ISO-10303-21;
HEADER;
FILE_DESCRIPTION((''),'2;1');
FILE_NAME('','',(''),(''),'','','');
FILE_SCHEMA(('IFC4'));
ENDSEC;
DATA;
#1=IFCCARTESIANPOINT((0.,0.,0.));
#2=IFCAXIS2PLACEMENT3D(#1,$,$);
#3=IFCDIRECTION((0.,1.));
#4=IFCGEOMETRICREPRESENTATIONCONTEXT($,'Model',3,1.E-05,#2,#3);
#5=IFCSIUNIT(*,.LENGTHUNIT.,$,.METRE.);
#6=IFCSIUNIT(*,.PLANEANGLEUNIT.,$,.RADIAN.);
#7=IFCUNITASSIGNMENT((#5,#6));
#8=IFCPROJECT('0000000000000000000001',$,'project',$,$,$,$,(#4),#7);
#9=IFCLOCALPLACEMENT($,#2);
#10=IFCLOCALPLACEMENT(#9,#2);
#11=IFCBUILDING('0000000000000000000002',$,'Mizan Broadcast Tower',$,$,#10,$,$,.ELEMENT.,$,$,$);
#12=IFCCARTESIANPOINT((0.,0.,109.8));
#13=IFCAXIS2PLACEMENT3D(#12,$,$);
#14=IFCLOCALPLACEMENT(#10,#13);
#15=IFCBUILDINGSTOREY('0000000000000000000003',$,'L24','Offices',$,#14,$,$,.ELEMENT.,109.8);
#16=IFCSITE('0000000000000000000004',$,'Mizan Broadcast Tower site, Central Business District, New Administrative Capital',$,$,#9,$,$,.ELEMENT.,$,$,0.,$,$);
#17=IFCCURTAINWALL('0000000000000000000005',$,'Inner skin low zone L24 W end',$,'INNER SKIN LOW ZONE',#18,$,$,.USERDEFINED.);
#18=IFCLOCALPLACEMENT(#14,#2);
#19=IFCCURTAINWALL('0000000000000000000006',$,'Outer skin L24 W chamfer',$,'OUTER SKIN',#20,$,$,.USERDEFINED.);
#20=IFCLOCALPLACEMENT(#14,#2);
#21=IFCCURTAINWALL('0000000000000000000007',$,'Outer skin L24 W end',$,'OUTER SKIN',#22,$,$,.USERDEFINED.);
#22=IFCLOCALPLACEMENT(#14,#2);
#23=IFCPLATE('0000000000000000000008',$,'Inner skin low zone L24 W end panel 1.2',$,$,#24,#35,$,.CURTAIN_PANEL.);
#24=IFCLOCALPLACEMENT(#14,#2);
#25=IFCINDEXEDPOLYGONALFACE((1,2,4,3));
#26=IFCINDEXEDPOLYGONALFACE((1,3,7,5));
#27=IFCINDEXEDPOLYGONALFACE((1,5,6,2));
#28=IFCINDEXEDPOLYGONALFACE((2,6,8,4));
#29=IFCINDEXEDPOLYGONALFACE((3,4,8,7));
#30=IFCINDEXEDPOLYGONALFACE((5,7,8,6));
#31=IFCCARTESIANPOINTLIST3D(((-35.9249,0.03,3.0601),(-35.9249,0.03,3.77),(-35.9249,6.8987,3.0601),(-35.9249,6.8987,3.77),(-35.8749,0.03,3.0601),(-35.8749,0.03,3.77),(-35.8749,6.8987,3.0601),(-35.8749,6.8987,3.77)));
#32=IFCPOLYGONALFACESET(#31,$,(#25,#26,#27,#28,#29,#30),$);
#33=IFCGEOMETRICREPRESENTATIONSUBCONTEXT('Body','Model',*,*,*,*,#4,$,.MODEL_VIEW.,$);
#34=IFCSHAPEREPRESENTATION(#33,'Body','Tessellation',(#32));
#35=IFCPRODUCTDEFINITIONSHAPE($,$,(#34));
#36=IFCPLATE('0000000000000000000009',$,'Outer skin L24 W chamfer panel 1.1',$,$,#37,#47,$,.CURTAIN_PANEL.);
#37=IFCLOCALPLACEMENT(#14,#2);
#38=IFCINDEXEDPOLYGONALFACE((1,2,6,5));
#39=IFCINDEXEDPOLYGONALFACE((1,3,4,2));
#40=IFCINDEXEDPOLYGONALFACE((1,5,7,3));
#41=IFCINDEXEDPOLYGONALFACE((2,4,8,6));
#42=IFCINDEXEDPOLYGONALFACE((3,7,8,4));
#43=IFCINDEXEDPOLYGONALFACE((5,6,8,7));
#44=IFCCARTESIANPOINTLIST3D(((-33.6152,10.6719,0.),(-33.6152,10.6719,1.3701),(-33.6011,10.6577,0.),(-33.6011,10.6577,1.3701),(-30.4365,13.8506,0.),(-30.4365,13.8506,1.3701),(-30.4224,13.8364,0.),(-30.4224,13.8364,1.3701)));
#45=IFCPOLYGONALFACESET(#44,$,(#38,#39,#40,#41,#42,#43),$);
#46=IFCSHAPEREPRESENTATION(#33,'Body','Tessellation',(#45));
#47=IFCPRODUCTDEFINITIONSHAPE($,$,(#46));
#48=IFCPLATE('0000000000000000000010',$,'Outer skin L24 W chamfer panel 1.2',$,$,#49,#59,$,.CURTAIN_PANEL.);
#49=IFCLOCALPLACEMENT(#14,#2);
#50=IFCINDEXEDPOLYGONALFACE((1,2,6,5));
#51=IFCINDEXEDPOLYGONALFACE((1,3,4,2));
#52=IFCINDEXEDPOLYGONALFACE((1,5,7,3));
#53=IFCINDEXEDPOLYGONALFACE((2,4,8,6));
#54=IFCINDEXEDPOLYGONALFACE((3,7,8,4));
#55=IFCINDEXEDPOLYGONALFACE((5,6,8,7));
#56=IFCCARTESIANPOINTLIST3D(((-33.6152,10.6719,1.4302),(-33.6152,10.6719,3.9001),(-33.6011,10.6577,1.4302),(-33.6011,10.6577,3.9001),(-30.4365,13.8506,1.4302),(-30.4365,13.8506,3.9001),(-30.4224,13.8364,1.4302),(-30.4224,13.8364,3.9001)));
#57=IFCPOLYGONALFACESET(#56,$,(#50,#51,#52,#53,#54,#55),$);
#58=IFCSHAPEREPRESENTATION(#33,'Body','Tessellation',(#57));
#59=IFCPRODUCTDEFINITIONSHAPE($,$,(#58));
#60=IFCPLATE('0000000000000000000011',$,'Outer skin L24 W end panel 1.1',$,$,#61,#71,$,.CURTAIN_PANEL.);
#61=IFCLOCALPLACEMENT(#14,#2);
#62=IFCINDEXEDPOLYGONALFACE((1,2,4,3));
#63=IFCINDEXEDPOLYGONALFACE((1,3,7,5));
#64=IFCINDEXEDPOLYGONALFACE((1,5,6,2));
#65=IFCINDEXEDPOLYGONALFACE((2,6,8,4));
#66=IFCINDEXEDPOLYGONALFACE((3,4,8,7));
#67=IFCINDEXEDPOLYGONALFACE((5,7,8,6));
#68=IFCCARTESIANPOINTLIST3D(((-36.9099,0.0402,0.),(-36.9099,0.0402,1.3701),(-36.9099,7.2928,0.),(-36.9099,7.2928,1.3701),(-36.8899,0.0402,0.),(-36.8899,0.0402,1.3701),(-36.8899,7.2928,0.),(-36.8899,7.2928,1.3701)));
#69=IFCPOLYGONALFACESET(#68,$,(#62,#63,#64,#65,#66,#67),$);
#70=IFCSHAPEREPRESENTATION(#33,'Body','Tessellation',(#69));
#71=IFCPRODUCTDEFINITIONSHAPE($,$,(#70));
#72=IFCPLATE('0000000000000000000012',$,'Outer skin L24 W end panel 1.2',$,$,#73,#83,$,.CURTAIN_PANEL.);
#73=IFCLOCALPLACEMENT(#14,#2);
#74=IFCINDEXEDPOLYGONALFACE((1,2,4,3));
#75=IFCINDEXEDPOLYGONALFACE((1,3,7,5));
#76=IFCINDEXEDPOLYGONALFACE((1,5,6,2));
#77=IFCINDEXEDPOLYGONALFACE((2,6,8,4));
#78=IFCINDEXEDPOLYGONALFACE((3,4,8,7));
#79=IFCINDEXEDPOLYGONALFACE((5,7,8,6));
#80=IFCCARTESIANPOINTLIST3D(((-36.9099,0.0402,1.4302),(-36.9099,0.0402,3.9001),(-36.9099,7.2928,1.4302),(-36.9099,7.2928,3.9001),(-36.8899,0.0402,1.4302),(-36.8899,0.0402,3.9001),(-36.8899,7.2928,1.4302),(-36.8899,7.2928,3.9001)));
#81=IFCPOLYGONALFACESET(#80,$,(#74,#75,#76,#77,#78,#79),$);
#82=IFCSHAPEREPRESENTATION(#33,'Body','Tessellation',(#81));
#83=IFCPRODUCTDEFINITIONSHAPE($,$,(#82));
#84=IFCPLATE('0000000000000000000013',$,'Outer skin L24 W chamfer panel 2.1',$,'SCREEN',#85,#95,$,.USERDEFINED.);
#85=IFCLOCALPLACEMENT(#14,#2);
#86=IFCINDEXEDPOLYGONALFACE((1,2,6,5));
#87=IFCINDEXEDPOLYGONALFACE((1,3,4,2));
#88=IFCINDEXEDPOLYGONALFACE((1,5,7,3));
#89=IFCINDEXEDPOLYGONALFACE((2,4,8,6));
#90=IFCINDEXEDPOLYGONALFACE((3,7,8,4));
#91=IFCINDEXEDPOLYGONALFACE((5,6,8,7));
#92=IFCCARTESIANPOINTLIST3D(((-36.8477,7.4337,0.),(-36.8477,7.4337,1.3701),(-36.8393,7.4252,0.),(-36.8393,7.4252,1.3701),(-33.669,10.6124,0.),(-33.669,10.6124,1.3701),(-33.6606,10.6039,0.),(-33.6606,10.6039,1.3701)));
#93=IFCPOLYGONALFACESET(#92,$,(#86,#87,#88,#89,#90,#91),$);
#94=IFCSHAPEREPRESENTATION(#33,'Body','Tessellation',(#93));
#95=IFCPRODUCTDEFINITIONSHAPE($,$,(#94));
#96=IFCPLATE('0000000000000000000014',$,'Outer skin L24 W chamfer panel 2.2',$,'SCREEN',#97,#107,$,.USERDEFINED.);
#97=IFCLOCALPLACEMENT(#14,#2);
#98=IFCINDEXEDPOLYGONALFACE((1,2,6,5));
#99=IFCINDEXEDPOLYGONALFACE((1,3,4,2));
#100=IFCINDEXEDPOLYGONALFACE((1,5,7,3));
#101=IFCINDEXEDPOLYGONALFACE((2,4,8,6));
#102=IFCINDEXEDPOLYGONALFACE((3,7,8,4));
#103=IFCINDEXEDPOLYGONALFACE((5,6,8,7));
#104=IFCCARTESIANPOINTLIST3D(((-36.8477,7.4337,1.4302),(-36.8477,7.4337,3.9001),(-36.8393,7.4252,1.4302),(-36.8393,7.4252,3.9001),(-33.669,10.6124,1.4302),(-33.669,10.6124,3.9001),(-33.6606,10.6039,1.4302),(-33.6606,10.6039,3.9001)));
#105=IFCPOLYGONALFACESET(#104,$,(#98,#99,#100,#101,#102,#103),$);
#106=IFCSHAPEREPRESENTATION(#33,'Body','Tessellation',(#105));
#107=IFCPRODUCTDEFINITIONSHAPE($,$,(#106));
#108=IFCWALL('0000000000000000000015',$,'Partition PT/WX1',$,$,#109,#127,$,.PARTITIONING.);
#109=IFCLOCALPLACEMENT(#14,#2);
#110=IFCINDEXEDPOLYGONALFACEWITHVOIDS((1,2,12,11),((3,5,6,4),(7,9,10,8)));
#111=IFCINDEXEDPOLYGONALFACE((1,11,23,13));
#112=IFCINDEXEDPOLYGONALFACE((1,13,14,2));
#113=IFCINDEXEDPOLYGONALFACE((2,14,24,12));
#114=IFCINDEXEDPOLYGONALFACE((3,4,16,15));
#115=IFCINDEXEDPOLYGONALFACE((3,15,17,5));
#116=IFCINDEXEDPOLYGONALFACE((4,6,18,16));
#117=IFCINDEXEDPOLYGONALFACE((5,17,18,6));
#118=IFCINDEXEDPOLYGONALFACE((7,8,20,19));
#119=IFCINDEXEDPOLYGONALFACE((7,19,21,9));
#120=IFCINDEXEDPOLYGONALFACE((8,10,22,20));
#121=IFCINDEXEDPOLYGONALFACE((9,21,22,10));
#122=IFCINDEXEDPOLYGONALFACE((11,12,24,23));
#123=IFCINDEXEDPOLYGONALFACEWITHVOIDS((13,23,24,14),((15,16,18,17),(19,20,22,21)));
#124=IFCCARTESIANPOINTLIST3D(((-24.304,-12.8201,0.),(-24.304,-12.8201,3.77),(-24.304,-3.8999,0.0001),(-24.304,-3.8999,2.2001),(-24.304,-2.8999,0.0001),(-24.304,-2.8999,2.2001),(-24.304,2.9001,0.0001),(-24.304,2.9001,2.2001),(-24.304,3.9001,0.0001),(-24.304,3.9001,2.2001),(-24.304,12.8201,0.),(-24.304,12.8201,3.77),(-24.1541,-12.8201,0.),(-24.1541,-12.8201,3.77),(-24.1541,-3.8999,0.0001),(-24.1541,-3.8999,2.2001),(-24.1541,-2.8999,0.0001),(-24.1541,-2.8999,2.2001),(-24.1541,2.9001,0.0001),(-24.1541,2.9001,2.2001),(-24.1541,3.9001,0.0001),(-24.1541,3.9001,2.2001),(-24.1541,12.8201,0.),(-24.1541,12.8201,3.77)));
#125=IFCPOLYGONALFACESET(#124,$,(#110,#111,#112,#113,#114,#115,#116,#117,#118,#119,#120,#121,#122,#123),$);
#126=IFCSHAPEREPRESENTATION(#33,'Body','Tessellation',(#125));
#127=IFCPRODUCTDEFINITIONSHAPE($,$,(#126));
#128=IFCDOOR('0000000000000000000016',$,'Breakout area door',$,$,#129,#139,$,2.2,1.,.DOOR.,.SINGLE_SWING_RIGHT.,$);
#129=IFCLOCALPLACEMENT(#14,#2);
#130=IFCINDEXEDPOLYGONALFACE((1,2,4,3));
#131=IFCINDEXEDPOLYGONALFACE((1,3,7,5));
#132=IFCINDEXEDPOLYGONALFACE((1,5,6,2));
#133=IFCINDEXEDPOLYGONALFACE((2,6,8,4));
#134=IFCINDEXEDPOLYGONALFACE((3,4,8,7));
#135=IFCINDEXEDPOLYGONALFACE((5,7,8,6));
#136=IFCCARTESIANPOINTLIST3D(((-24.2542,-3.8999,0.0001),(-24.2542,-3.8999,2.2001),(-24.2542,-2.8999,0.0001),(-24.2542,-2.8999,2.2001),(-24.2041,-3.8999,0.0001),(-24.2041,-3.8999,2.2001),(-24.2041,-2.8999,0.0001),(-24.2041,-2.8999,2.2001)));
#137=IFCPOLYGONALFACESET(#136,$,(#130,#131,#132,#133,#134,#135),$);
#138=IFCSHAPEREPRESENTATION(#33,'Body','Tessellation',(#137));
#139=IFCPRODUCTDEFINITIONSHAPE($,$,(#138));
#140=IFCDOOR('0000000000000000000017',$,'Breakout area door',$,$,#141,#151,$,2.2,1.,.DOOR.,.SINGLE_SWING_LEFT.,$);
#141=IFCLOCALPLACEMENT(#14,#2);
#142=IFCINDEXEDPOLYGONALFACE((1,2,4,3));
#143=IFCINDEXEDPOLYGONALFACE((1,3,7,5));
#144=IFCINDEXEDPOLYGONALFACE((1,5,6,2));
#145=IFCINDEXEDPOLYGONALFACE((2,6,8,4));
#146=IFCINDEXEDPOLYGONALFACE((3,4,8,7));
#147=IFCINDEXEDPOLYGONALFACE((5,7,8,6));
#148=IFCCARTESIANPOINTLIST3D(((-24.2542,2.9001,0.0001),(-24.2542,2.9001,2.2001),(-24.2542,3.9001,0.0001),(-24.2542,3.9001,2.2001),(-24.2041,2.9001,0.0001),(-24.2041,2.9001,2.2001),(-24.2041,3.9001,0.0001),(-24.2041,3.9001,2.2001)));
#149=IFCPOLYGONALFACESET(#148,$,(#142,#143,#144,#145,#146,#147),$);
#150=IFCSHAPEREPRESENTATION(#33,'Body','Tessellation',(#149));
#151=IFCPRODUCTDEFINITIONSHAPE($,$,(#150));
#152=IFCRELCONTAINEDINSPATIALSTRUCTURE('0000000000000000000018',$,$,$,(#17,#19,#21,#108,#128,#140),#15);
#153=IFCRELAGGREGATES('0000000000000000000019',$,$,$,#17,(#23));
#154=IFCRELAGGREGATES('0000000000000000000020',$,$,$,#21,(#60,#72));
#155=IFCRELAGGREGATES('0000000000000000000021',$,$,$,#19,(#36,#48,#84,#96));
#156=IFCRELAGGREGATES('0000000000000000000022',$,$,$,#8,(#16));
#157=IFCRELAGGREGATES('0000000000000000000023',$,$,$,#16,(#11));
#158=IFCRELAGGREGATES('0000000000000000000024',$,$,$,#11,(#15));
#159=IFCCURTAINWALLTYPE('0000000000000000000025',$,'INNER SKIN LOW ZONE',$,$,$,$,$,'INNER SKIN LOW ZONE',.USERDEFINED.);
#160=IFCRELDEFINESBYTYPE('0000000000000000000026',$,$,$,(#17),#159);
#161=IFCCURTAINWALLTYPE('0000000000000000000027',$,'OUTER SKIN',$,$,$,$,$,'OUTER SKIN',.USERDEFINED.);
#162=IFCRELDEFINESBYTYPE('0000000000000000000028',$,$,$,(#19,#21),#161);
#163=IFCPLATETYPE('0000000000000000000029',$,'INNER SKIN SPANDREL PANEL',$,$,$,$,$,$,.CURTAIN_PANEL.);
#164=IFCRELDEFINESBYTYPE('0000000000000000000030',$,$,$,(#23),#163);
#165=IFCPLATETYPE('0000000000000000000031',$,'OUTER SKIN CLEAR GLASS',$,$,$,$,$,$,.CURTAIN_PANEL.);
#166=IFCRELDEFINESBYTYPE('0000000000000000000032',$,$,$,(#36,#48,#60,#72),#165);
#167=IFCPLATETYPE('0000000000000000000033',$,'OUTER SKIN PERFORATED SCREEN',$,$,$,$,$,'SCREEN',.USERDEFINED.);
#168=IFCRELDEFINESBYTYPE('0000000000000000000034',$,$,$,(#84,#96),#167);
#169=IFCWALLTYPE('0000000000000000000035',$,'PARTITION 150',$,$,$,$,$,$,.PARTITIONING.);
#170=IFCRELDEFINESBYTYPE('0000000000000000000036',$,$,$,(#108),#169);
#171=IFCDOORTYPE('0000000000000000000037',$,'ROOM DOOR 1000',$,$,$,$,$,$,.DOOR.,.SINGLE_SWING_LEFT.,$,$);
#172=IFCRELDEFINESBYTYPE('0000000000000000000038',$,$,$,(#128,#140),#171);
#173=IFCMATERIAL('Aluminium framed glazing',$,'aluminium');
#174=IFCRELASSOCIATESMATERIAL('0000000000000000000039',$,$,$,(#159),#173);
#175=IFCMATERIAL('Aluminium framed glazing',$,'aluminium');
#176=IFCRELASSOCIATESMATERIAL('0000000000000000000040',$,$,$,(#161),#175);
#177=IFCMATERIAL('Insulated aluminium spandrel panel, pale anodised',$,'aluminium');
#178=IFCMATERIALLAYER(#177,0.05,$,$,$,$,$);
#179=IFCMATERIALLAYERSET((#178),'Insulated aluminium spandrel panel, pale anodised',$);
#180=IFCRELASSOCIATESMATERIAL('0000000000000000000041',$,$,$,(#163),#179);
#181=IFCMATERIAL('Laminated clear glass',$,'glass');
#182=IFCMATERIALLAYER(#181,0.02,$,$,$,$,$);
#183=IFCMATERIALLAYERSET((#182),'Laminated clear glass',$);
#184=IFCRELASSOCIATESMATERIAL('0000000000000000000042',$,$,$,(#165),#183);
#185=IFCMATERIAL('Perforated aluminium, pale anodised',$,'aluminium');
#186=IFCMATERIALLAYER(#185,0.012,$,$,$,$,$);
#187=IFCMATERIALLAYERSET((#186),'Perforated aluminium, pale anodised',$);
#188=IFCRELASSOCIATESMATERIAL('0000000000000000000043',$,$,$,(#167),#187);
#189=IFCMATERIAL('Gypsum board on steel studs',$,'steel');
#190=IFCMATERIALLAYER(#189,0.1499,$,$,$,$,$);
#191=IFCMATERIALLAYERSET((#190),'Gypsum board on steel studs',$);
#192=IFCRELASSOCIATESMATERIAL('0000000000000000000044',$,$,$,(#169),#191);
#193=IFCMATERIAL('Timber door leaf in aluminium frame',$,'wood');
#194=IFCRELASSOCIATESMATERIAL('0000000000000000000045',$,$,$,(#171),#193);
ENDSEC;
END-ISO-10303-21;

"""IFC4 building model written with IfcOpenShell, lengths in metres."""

from ifc_helpers import new_model, si_unit, direction, frame, frame_2d, origin, origin_2d, place, context, subcontext, project, spatial, rectangle, extrude, material, layer, layer_set, type_object, element, fill, aggregate, save


model = new_model("IFC4")

# Units and contexts
model_context = context("Model", 3, precision=1e-05, world=origin(), true_north=direction((0.0, 1.0)))
body_context = subcontext(model_context, "Body", "Model", "MODEL_VIEW")
ifc_project = project(units=[si_unit("LENGTHUNIT", "METRE"), si_unit("PLANEANGLEUNIT", "RADIAN")], contexts=[model_context])

# Site, building, storey
site_placement = place(None, origin())
site = spatial("IfcSite", under=ifc_project, at=site_placement, Name="Mizan Broadcast Tower site, Central Business District, New Administrative Capital", CompositionType="ELEMENT", RefElevation=0.0)
building_placement = place(site_placement, origin())
building = spatial("IfcBuilding", under=site, at=building_placement, Name="Mizan Broadcast Tower", CompositionType="ELEMENT")
storey_placement = place(building_placement, frame((0.0, 0.0, 109.8)))
storey = spatial("IfcBuildingStorey", under=building, at=storey_placement, Name="L24", Description="Offices", CompositionType="ELEMENT", Elevation=109.8)

# Shared definitions
ifc_material_1 = material(Name="Aluminium framed glazing", Category="aluminium")
curtain_wall_type_1 = type_object("IfcCurtainWallType", Name="INNER SKIN LOW ZONE", ElementType="INNER SKIN LOW ZONE", PredefinedType="USERDEFINED", material=ifc_material_1)

# Curtain wall
curtain_wall_1_placement = place(storey_placement, origin())
curtain_wall_1 = element("IfcCurtainWall", 1, at=curtain_wall_1_placement, inside=storey, type_object=curtain_wall_type_1, Name="Inner skin low zone L24 W end", ObjectType="INNER SKIN LOW ZONE", PredefinedType="USERDEFINED")

# Curtain wall
ifc_material_2 = material(Name="Aluminium framed glazing", Category="aluminium")
curtain_wall_type_2 = type_object("IfcCurtainWallType", Name="OUTER SKIN", ElementType="OUTER SKIN", PredefinedType="USERDEFINED", material=ifc_material_2)
curtain_wall_2_placement = place(storey_placement, origin())
curtain_wall_2 = element("IfcCurtainWall", 2, at=curtain_wall_2_placement, inside=storey, type_object=curtain_wall_type_2, Name="Outer skin L24 W chamfer", ObjectType="OUTER SKIN", PredefinedType="USERDEFINED")

# Curtain wall
curtain_wall_3_placement = place(storey_placement, origin())
curtain_wall_3 = element("IfcCurtainWall", 3, at=curtain_wall_3_placement, inside=storey, type_object=curtain_wall_type_2, Name="Outer skin L24 W end", ObjectType="OUTER SKIN", PredefinedType="USERDEFINED")

# Plates
ifc_material_3 = material(Name="Insulated aluminium spandrel panel, pale anodised", Category="aluminium")
ifc_layer_1 = layer(ifc_material_3, 0.05)
ifc_layer_set_1 = layer_set([ifc_layer_1], Name="Insulated aluminium spandrel panel, pale anodised")
plate_type_1 = type_object("IfcPlateType", Name="INNER SKIN SPANDREL PANEL", PredefinedType="CURTAIN_PANEL", material=ifc_layer_set_1)
plate_1_placement = place(storey_placement, frame((-35.8999, 3.4644, 3.0601), z_axis=(0.0, 0.0, 1.0), x_axis=(0.0, -1.0, 0.0)))
plate_1 = element("IfcPlate", 4, at=plate_1_placement, type_object=plate_type_1, Name="Inner skin low zone L24 W end panel 1.2", PredefinedType="CURTAIN_PANEL", context=body_context, shape_type="SweptSolid", body=[
    extrude(rectangle(XDim=6.8687, YDim=0.05, at=origin_2d()), origin(), (0.0, 0.0, 1.0), 0.71),
])
aggregate(curtain_wall_1, [plate_1])
ifc_material_4 = material(Name="Laminated clear glass", Category="glass")
ifc_layer_2 = layer(ifc_material_4, 0.02)
ifc_layer_set_2 = layer_set([ifc_layer_2], Name="Laminated clear glass")
plate_type_2 = type_object("IfcPlateType", Name="OUTER SKIN CLEAR GLASS", PredefinedType="CURTAIN_PANEL", material=ifc_layer_set_2)
plate_2_placement = place(storey_placement, frame((-32.0188, 12.2542, 0.0), z_axis=(0.0, 0.0, 1.0), x_axis=(-0.707107, -0.707107, 0.0)))
plate_2 = element("IfcPlate", 5, at=plate_2_placement, type_object=plate_type_2, Name="Outer skin L24 W chamfer panel 1.1", PredefinedType="CURTAIN_PANEL", context=body_context, shape_type="SweptSolid", body=[
    extrude(rectangle(XDim=4.4954, YDim=0.02, at=origin_2d()), origin(), (0.0, 0.0, 1.0), 1.3701),
])
plate_3_placement = place(storey_placement, frame((-32.0188, 12.2542, 1.4302), z_axis=(0.0, 0.0, 1.0), x_axis=(-0.707107, -0.707107, 0.0)))
plate_3 = element("IfcPlate", 6, at=plate_3_placement, type_object=plate_type_2, Name="Outer skin L24 W chamfer panel 1.2", PredefinedType="CURTAIN_PANEL", context=body_context, shape_type="SweptSolid", body=[
    extrude(rectangle(XDim=4.4954, YDim=0.02, at=origin_2d()), origin(), (0.0, 0.0, 1.0), 2.47),
])
plate_4_placement = place(storey_placement, frame((-36.8999, 3.6665, 0.0), z_axis=(0.0, 0.0, 1.0), x_axis=(0.0, -1.0, 0.0)))
plate_4 = element("IfcPlate", 7, at=plate_4_placement, type_object=plate_type_2, Name="Outer skin L24 W end panel 1.1", PredefinedType="CURTAIN_PANEL", context=body_context, shape_type="SweptSolid", body=[
    extrude(rectangle(XDim=7.2527, YDim=0.02, at=origin_2d()), origin(), (0.0, 0.0, 1.0), 1.3701),
])
plate_5_placement = place(storey_placement, frame((-36.8999, 3.6665, 1.4302), z_axis=(0.0, 0.0, 1.0), x_axis=(0.0, -1.0, 0.0)))
plate_5 = element("IfcPlate", 8, at=plate_5_placement, type_object=plate_type_2, Name="Outer skin L24 W end panel 1.2", PredefinedType="CURTAIN_PANEL", context=body_context, shape_type="SweptSolid", body=[
    extrude(rectangle(XDim=7.2527, YDim=0.02, at=origin_2d()), origin(), (0.0, 0.0, 1.0), 2.47),
])
aggregate(curtain_wall_3, [plate_4, plate_5])
ifc_material_5 = material(Name="Perforated aluminium, pale anodised", Category="aluminium")
ifc_layer_3 = layer(ifc_material_5, 0.012)
ifc_layer_set_3 = layer_set([ifc_layer_3], Name="Perforated aluminium, pale anodised")
plate_type_3 = type_object("IfcPlateType", Name="OUTER SKIN PERFORATED SCREEN", ElementType="SCREEN", PredefinedType="USERDEFINED", material=ifc_layer_set_3)
plate_6_placement = place(storey_placement, frame((-35.2542, 9.0188, 0.0), z_axis=(0.0, 0.0, 1.0), x_axis=(-0.707107, -0.707107, 0.0)))
plate_6 = element("IfcPlate", 9, at=plate_6_placement, type_object=plate_type_3, Name="Outer skin L24 W chamfer panel 2.1", ObjectType="SCREEN", PredefinedType="USERDEFINED", context=body_context, shape_type="SweptSolid", body=[
    extrude(rectangle(XDim=4.4954, YDim=0.012, at=origin_2d()), origin(), (0.0, 0.0, 1.0), 1.3701),
])
plate_7_placement = place(storey_placement, frame((-35.2542, 9.0188, 1.4302), z_axis=(0.0, 0.0, 1.0), x_axis=(-0.707107, -0.707107, 0.0)))
plate_7 = element("IfcPlate", 10, at=plate_7_placement, type_object=plate_type_3, Name="Outer skin L24 W chamfer panel 2.2", ObjectType="SCREEN", PredefinedType="USERDEFINED", context=body_context, shape_type="SweptSolid", body=[
    extrude(rectangle(XDim=4.4954, YDim=0.012, at=origin_2d()), origin(), (0.0, 0.0, 1.0), 2.47),
])
aggregate(curtain_wall_2, [plate_2, plate_3, plate_6, plate_7])

# Wall, openings, doors
ifc_material_6 = material(Name="Gypsum board on steel studs", Category="steel")
ifc_layer_4 = layer(ifc_material_6, 0.1499)
ifc_layer_set_4 = layer_set([ifc_layer_4], Name="Gypsum board on steel studs")
wall_type = type_object("IfcWallType", Name="PARTITION 150", PredefinedType="PARTITIONING", material=ifc_layer_set_4)
wall_placement = place(storey_placement, frame((-24.229, 12.8201, 0.0), z_axis=(0.0, 0.0, 1.0), x_axis=(0.0, -1.0, 0.0)))
wall = element("IfcWall", 11, at=wall_placement, inside=storey, type_object=wall_type, Name="Partition PT/WX1", PredefinedType="PARTITIONING", context=body_context, shape_type="SweptSolid", body=[
    extrude(rectangle(XDim=25.6401, YDim=0.1499, at=frame_2d((12.8201, 0.0))), origin(), (0.0, 0.0, 1.0), 3.77),
])
opening_1_placement = place(wall_placement, frame((15.72, 0.0, 0.0)))
opening_1 = element("IfcOpeningElement", 12, at=opening_1_placement, cuts=wall, PredefinedType="OPENING", context=body_context, shape_type="SweptSolid", body=[
    extrude(rectangle(XDim=1.0, YDim=2.2, at=frame_2d((0.5, 1.1001))), frame((0.0, 0.085, 0.0), z_axis=(0.0, -1.0, 0.0), x_axis=(1.0, 0.0, 0.0)), (0.0, 0.0, 1.0), 0.1699),
])
opening_2_placement = place(wall_placement, frame((8.9199, 0.0, 0.0)))
opening_2 = element("IfcOpeningElement", 13, at=opening_2_placement, cuts=wall, PredefinedType="OPENING", context=body_context, shape_type="SweptSolid", body=[
    extrude(rectangle(XDim=1.0, YDim=2.2, at=frame_2d((0.5, 1.1001))), frame((0.0, 0.085, 0.0), z_axis=(0.0, -1.0, 0.0), x_axis=(1.0, 0.0, 0.0)), (0.0, 0.0, 1.0), 0.1699),
])
ifc_material_7 = material(Name="Timber door leaf in aluminium frame", Category="wood")
door_type = type_object("IfcDoorType", Name="ROOM DOOR 1000", OperationType="SINGLE_SWING_LEFT", PredefinedType="DOOR", material=ifc_material_7)
door_1_placement = place(opening_1_placement, origin())
door_1 = element("IfcDoor", 14, at=door_1_placement, inside=storey, type_object=door_type, Name="Breakout area door", OperationType="SINGLE_SWING_RIGHT", OverallHeight=2.2, OverallWidth=1.0, PredefinedType="DOOR", context=body_context, shape_type="SweptSolid", body=[
    extrude(rectangle(XDim=1.0, YDim=2.2, at=frame_2d((0.5, 1.1001))), frame((0.0, 0.0249, 0.0), z_axis=(0.0, -1.0, 0.0), x_axis=(1.0, 0.0, 0.0)), (0.0, 0.0, 1.0), 0.05),
])
fill(opening_1, door_1)
door_2_placement = place(opening_2_placement, origin())
door_2 = element("IfcDoor", 15, at=door_2_placement, inside=storey, type_object=door_type, Name="Breakout area door", OperationType="SINGLE_SWING_LEFT", OverallHeight=2.2, OverallWidth=1.0, PredefinedType="DOOR", context=body_context, shape_type="SweptSolid", body=[
    extrude(rectangle(XDim=1.0, YDim=2.2, at=frame_2d((0.5, 1.1001))), frame((0.0, 0.0249, 0.0), z_axis=(0.0, -1.0, 0.0), x_axis=(1.0, 0.0, 0.0)), (0.0, 0.0, 1.0), 0.05),
])
fill(opening_2, door_2)

save(model, "model.ifc")
